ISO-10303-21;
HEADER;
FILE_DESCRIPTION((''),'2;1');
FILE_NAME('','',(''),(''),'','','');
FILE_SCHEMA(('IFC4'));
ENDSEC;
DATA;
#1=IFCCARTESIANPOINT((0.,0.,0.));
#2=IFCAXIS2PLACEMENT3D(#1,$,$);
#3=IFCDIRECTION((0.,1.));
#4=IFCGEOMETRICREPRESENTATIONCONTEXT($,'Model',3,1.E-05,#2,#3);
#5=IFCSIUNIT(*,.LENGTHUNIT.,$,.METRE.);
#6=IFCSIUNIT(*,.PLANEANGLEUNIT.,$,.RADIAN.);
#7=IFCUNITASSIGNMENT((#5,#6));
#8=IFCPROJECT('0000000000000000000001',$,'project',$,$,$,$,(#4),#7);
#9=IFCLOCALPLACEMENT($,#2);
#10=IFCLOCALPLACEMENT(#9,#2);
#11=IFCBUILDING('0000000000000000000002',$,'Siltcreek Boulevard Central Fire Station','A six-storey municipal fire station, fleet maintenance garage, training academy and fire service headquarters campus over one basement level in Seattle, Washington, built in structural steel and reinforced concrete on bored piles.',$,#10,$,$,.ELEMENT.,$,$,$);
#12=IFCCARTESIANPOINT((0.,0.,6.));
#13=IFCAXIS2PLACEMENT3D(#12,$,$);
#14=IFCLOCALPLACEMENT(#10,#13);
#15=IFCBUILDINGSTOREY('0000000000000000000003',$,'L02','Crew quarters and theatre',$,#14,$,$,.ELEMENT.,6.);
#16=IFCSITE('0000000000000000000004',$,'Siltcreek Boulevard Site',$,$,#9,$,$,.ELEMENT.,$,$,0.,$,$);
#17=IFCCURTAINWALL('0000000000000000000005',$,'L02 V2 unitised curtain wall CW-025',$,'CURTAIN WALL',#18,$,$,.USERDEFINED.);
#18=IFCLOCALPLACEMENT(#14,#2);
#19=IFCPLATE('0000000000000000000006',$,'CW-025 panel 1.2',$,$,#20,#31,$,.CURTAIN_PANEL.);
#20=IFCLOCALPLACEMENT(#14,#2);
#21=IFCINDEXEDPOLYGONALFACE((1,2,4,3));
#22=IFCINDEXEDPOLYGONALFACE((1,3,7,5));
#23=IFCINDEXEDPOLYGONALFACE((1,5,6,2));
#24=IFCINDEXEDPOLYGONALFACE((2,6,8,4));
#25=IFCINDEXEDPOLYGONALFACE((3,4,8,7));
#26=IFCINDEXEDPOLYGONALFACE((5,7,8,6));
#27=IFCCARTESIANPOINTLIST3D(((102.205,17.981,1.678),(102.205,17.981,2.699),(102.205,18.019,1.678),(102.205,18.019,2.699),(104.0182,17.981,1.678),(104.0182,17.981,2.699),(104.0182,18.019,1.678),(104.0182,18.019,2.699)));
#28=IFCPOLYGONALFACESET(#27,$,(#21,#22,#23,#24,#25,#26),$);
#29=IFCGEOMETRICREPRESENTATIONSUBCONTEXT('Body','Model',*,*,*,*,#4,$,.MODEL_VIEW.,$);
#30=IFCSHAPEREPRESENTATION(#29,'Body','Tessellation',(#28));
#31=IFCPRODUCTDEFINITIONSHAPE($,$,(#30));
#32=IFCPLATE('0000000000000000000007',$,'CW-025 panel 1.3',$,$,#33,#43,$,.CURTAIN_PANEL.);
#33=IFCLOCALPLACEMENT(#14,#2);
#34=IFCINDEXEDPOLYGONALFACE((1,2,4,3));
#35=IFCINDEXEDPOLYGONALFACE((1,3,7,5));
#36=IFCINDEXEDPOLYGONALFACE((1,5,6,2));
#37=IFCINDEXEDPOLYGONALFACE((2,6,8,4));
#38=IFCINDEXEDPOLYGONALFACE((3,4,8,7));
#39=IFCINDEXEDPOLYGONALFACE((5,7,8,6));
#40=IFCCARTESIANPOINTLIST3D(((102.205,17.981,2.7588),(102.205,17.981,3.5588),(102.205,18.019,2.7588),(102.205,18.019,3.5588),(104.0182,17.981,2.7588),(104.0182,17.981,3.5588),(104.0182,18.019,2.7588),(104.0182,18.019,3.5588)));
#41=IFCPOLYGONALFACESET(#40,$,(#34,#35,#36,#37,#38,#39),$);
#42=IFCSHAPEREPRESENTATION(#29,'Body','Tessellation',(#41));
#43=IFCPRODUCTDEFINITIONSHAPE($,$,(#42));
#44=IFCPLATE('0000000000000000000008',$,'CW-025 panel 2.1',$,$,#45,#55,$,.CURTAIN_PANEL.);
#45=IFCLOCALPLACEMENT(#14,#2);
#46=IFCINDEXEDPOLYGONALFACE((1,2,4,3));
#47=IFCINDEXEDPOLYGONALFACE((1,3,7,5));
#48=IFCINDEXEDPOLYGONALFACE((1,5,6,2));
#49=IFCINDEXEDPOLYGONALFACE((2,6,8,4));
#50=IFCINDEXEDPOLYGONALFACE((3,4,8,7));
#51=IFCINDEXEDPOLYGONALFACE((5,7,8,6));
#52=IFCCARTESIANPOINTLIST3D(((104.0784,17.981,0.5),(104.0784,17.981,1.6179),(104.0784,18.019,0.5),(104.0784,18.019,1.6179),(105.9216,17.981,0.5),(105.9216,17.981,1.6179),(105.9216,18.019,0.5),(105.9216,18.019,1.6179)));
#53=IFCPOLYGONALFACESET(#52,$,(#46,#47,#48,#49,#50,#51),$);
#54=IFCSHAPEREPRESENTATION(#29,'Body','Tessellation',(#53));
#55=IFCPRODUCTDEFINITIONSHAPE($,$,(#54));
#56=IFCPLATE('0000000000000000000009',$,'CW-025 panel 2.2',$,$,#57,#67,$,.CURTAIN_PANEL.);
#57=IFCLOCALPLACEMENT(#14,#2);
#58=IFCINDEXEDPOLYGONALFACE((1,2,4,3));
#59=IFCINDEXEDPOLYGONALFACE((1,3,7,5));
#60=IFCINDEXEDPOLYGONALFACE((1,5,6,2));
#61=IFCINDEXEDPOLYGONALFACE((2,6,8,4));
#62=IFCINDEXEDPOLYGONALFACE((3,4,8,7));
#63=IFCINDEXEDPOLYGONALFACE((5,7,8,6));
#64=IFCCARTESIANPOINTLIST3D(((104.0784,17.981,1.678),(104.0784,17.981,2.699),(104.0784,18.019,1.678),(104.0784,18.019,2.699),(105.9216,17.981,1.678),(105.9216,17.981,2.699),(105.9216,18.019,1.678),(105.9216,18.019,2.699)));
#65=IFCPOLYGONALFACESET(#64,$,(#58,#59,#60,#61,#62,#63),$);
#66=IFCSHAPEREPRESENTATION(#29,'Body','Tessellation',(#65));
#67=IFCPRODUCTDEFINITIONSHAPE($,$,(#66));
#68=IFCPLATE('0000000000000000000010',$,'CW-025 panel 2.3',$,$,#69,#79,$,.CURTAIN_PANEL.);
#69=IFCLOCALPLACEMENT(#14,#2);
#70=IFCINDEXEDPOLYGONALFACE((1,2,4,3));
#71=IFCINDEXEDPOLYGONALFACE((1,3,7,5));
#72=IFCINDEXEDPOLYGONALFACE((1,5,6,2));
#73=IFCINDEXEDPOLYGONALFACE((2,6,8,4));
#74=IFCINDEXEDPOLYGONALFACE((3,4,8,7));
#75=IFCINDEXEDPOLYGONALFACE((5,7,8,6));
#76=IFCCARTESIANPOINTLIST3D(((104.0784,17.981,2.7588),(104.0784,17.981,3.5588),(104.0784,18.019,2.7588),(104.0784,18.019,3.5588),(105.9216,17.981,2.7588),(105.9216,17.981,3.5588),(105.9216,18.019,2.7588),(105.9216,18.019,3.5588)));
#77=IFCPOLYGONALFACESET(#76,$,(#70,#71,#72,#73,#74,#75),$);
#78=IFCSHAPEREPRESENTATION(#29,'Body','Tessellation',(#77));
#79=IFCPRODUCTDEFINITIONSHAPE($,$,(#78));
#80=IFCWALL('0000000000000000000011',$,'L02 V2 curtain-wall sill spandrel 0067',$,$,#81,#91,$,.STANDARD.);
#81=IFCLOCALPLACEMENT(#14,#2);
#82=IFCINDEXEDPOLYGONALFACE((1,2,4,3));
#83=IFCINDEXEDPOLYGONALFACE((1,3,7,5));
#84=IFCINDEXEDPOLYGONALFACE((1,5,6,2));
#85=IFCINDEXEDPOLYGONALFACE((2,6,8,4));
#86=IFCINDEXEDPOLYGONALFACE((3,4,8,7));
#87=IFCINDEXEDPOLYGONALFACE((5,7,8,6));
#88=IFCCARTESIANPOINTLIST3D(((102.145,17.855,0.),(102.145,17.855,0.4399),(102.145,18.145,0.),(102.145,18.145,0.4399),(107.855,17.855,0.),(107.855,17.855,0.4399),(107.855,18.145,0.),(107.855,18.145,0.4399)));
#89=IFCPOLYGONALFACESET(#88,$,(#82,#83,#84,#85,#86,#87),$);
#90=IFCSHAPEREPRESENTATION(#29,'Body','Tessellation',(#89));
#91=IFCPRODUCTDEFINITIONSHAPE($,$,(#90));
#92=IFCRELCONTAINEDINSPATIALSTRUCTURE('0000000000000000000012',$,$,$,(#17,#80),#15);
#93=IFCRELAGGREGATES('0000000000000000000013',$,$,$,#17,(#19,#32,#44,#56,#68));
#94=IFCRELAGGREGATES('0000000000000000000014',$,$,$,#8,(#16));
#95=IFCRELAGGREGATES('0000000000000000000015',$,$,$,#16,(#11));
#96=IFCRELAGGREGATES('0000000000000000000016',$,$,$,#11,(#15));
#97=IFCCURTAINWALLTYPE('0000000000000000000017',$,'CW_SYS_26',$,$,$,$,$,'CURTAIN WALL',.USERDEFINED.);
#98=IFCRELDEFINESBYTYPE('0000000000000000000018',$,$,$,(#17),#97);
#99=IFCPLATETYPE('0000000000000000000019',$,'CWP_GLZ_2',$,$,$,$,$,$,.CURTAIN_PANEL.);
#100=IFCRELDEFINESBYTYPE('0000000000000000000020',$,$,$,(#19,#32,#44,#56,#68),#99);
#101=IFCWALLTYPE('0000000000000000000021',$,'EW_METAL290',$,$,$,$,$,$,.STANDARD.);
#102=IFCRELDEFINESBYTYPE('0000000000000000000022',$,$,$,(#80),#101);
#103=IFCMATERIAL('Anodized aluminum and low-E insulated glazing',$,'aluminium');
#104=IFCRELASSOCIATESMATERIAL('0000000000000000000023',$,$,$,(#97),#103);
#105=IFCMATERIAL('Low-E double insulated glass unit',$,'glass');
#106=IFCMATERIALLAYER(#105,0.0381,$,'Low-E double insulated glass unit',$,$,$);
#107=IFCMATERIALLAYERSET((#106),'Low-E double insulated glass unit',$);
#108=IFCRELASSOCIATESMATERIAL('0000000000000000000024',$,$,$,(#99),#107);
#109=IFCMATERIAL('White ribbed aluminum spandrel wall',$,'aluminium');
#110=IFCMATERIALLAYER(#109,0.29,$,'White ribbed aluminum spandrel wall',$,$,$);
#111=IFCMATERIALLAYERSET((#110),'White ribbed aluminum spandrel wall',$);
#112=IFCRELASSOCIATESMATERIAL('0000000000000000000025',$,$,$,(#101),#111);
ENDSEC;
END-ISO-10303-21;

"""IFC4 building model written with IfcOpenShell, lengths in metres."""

from ifc_helpers import new_model, si_unit, direction, frame, frame_2d, origin, origin_2d, place, context, subcontext, project, spatial, rectangle, extrude, material, layer, layer_set, type_object, element, aggregate, save


model = new_model("IFC4")

# Units and contexts
model_context = context("Model", 3, precision=1e-05, world=origin(), true_north=direction((0.0, 1.0)))
body_context = subcontext(model_context, "Body", "Model", "MODEL_VIEW")
ifc_project = project(units=[si_unit("LENGTHUNIT", "METRE"), si_unit("PLANEANGLEUNIT", "RADIAN")], contexts=[model_context])

# Site, building, storey
site_placement = place(None, origin())
site = spatial("IfcSite", under=ifc_project, at=site_placement, Name="Siltcreek Boulevard Site", CompositionType="ELEMENT", RefElevation=0.0)
building_placement = place(site_placement, origin())
building = spatial("IfcBuilding", under=site, at=building_placement, Name="Siltcreek Boulevard Central Fire Station", Description="A six-storey municipal fire station, fleet maintenance garage, training academy and fire service headquarters campus over one basement level in Seattle, Washington, built in structural steel and reinforced concrete on bored piles.", CompositionType="ELEMENT")
storey_placement = place(building_placement, frame((0.0, 0.0, 6.0)))
storey = spatial("IfcBuildingStorey", under=building, at=storey_placement, Name="L02", Description="Crew quarters and theatre", CompositionType="ELEMENT", Elevation=6.0)

# Curtain wall, plates
ifc_material_1 = material(Name="Anodized aluminum and low-E insulated glazing", Category="aluminium")
curtain_wall_type = type_object("IfcCurtainWallType", Name="CW_SYS_26", ElementType="CURTAIN WALL", PredefinedType="USERDEFINED", material=ifc_material_1)
curtain_wall_placement = place(storey_placement, origin())
curtain_wall = element("IfcCurtainWall", 1, at=curtain_wall_placement, inside=storey, type_object=curtain_wall_type, Name="L02 V2 unitised curtain wall CW-025", ObjectType="CURTAIN WALL", PredefinedType="USERDEFINED")
ifc_material_2 = material(Name="Low-E double insulated glass unit", Category="glass")
ifc_layer_1 = layer(ifc_material_2, 0.0381, Name="Low-E double insulated glass unit")
ifc_layer_set_1 = layer_set([ifc_layer_1], Name="Low-E double insulated glass unit")
plate_type = type_object("IfcPlateType", Name="CWP_GLZ_2", PredefinedType="CURTAIN_PANEL", material=ifc_layer_set_1)
plate_1_placement = place(storey_placement, frame((103.1116, 18.0, 1.678), z_axis=(0.0, 0.0, 1.0), x_axis=(1.0, 0.0, 0.0)))
plate_1 = element("IfcPlate", 2, at=plate_1_placement, type_object=plate_type, Name="CW-025 panel 1.2", PredefinedType="CURTAIN_PANEL", context=body_context, shape_type="SweptSolid", body=[
    extrude(rectangle(XDim=1.8132, YDim=0.0381, at=origin_2d()), origin(), (0.0, 0.0, 1.0), 1.021),
])
plate_2_placement = place(storey_placement, frame((103.1116, 18.0, 2.7588), z_axis=(0.0, 0.0, 1.0), x_axis=(1.0, 0.0, 0.0)))
plate_2 = element("IfcPlate", 3, at=plate_2_placement, type_object=plate_type, Name="CW-025 panel 1.3", PredefinedType="CURTAIN_PANEL", context=body_context, shape_type="SweptSolid", body=[
    extrude(rectangle(XDim=1.8132, YDim=0.0381, at=origin_2d()), origin(), (0.0, 0.0, 1.0), 0.8),
])
plate_3_placement = place(storey_placement, frame((105.0, 18.0, 0.5), z_axis=(0.0, 0.0, 1.0), x_axis=(1.0, 0.0, 0.0)))
plate_3 = element("IfcPlate", 4, at=plate_3_placement, type_object=plate_type, Name="CW-025 panel 2.1", PredefinedType="CURTAIN_PANEL", context=body_context, shape_type="SweptSolid", body=[
    extrude(rectangle(XDim=1.8433, YDim=0.0381, at=origin_2d()), origin(), (0.0, 0.0, 1.0), 1.1179),
])
plate_4_placement = place(storey_placement, frame((105.0, 18.0, 1.678), z_axis=(0.0, 0.0, 1.0), x_axis=(1.0, 0.0, 0.0)))
plate_4 = element("IfcPlate", 5, at=plate_4_placement, type_object=plate_type, Name="CW-025 panel 2.2", PredefinedType="CURTAIN_PANEL", context=body_context, shape_type="SweptSolid", body=[
    extrude(rectangle(XDim=1.8433, YDim=0.0381, at=origin_2d()), origin(), (0.0, 0.0, 1.0), 1.021),
])
plate_5_placement = place(storey_placement, frame((105.0, 18.0, 2.7588), z_axis=(0.0, 0.0, 1.0), x_axis=(1.0, 0.0, 0.0)))
plate_5 = element("IfcPlate", 6, at=plate_5_placement, type_object=plate_type, Name="CW-025 panel 2.3", PredefinedType="CURTAIN_PANEL", context=body_context, shape_type="SweptSolid", body=[
    extrude(rectangle(XDim=1.8433, YDim=0.0381, at=origin_2d()), origin(), (0.0, 0.0, 1.0), 0.8),
])
aggregate(curtain_wall, [plate_1, plate_2, plate_3, plate_4, plate_5])

# Wall
ifc_material_3 = material(Name="White ribbed aluminum spandrel wall", Category="aluminium")
ifc_layer_2 = layer(ifc_material_3, 0.29, Name="White ribbed aluminum spandrel wall")
ifc_layer_set_2 = layer_set([ifc_layer_2], Name="White ribbed aluminum spandrel wall")
wall_type = type_object("IfcWallType", Name="EW_METAL290", PredefinedType="STANDARD", material=ifc_layer_set_2)
wall_placement = place(storey_placement, frame((102.145, 18.0, 0.0), z_axis=(0.0, 0.0, 1.0), x_axis=(1.0, 0.0, 0.0)))
element("IfcWall", 7, at=wall_placement, inside=storey, type_object=wall_type, Name="L02 V2 curtain-wall sill spandrel 0067", PredefinedType="STANDARD", context=body_context, shape_type="SweptSolid", body=[
    extrude(rectangle(XDim=5.71, YDim=0.29, at=frame_2d((2.855, 0.0))), origin(), (0.0, 0.0, 1.0), 0.4399),
])

save(model, "model.ifc")
